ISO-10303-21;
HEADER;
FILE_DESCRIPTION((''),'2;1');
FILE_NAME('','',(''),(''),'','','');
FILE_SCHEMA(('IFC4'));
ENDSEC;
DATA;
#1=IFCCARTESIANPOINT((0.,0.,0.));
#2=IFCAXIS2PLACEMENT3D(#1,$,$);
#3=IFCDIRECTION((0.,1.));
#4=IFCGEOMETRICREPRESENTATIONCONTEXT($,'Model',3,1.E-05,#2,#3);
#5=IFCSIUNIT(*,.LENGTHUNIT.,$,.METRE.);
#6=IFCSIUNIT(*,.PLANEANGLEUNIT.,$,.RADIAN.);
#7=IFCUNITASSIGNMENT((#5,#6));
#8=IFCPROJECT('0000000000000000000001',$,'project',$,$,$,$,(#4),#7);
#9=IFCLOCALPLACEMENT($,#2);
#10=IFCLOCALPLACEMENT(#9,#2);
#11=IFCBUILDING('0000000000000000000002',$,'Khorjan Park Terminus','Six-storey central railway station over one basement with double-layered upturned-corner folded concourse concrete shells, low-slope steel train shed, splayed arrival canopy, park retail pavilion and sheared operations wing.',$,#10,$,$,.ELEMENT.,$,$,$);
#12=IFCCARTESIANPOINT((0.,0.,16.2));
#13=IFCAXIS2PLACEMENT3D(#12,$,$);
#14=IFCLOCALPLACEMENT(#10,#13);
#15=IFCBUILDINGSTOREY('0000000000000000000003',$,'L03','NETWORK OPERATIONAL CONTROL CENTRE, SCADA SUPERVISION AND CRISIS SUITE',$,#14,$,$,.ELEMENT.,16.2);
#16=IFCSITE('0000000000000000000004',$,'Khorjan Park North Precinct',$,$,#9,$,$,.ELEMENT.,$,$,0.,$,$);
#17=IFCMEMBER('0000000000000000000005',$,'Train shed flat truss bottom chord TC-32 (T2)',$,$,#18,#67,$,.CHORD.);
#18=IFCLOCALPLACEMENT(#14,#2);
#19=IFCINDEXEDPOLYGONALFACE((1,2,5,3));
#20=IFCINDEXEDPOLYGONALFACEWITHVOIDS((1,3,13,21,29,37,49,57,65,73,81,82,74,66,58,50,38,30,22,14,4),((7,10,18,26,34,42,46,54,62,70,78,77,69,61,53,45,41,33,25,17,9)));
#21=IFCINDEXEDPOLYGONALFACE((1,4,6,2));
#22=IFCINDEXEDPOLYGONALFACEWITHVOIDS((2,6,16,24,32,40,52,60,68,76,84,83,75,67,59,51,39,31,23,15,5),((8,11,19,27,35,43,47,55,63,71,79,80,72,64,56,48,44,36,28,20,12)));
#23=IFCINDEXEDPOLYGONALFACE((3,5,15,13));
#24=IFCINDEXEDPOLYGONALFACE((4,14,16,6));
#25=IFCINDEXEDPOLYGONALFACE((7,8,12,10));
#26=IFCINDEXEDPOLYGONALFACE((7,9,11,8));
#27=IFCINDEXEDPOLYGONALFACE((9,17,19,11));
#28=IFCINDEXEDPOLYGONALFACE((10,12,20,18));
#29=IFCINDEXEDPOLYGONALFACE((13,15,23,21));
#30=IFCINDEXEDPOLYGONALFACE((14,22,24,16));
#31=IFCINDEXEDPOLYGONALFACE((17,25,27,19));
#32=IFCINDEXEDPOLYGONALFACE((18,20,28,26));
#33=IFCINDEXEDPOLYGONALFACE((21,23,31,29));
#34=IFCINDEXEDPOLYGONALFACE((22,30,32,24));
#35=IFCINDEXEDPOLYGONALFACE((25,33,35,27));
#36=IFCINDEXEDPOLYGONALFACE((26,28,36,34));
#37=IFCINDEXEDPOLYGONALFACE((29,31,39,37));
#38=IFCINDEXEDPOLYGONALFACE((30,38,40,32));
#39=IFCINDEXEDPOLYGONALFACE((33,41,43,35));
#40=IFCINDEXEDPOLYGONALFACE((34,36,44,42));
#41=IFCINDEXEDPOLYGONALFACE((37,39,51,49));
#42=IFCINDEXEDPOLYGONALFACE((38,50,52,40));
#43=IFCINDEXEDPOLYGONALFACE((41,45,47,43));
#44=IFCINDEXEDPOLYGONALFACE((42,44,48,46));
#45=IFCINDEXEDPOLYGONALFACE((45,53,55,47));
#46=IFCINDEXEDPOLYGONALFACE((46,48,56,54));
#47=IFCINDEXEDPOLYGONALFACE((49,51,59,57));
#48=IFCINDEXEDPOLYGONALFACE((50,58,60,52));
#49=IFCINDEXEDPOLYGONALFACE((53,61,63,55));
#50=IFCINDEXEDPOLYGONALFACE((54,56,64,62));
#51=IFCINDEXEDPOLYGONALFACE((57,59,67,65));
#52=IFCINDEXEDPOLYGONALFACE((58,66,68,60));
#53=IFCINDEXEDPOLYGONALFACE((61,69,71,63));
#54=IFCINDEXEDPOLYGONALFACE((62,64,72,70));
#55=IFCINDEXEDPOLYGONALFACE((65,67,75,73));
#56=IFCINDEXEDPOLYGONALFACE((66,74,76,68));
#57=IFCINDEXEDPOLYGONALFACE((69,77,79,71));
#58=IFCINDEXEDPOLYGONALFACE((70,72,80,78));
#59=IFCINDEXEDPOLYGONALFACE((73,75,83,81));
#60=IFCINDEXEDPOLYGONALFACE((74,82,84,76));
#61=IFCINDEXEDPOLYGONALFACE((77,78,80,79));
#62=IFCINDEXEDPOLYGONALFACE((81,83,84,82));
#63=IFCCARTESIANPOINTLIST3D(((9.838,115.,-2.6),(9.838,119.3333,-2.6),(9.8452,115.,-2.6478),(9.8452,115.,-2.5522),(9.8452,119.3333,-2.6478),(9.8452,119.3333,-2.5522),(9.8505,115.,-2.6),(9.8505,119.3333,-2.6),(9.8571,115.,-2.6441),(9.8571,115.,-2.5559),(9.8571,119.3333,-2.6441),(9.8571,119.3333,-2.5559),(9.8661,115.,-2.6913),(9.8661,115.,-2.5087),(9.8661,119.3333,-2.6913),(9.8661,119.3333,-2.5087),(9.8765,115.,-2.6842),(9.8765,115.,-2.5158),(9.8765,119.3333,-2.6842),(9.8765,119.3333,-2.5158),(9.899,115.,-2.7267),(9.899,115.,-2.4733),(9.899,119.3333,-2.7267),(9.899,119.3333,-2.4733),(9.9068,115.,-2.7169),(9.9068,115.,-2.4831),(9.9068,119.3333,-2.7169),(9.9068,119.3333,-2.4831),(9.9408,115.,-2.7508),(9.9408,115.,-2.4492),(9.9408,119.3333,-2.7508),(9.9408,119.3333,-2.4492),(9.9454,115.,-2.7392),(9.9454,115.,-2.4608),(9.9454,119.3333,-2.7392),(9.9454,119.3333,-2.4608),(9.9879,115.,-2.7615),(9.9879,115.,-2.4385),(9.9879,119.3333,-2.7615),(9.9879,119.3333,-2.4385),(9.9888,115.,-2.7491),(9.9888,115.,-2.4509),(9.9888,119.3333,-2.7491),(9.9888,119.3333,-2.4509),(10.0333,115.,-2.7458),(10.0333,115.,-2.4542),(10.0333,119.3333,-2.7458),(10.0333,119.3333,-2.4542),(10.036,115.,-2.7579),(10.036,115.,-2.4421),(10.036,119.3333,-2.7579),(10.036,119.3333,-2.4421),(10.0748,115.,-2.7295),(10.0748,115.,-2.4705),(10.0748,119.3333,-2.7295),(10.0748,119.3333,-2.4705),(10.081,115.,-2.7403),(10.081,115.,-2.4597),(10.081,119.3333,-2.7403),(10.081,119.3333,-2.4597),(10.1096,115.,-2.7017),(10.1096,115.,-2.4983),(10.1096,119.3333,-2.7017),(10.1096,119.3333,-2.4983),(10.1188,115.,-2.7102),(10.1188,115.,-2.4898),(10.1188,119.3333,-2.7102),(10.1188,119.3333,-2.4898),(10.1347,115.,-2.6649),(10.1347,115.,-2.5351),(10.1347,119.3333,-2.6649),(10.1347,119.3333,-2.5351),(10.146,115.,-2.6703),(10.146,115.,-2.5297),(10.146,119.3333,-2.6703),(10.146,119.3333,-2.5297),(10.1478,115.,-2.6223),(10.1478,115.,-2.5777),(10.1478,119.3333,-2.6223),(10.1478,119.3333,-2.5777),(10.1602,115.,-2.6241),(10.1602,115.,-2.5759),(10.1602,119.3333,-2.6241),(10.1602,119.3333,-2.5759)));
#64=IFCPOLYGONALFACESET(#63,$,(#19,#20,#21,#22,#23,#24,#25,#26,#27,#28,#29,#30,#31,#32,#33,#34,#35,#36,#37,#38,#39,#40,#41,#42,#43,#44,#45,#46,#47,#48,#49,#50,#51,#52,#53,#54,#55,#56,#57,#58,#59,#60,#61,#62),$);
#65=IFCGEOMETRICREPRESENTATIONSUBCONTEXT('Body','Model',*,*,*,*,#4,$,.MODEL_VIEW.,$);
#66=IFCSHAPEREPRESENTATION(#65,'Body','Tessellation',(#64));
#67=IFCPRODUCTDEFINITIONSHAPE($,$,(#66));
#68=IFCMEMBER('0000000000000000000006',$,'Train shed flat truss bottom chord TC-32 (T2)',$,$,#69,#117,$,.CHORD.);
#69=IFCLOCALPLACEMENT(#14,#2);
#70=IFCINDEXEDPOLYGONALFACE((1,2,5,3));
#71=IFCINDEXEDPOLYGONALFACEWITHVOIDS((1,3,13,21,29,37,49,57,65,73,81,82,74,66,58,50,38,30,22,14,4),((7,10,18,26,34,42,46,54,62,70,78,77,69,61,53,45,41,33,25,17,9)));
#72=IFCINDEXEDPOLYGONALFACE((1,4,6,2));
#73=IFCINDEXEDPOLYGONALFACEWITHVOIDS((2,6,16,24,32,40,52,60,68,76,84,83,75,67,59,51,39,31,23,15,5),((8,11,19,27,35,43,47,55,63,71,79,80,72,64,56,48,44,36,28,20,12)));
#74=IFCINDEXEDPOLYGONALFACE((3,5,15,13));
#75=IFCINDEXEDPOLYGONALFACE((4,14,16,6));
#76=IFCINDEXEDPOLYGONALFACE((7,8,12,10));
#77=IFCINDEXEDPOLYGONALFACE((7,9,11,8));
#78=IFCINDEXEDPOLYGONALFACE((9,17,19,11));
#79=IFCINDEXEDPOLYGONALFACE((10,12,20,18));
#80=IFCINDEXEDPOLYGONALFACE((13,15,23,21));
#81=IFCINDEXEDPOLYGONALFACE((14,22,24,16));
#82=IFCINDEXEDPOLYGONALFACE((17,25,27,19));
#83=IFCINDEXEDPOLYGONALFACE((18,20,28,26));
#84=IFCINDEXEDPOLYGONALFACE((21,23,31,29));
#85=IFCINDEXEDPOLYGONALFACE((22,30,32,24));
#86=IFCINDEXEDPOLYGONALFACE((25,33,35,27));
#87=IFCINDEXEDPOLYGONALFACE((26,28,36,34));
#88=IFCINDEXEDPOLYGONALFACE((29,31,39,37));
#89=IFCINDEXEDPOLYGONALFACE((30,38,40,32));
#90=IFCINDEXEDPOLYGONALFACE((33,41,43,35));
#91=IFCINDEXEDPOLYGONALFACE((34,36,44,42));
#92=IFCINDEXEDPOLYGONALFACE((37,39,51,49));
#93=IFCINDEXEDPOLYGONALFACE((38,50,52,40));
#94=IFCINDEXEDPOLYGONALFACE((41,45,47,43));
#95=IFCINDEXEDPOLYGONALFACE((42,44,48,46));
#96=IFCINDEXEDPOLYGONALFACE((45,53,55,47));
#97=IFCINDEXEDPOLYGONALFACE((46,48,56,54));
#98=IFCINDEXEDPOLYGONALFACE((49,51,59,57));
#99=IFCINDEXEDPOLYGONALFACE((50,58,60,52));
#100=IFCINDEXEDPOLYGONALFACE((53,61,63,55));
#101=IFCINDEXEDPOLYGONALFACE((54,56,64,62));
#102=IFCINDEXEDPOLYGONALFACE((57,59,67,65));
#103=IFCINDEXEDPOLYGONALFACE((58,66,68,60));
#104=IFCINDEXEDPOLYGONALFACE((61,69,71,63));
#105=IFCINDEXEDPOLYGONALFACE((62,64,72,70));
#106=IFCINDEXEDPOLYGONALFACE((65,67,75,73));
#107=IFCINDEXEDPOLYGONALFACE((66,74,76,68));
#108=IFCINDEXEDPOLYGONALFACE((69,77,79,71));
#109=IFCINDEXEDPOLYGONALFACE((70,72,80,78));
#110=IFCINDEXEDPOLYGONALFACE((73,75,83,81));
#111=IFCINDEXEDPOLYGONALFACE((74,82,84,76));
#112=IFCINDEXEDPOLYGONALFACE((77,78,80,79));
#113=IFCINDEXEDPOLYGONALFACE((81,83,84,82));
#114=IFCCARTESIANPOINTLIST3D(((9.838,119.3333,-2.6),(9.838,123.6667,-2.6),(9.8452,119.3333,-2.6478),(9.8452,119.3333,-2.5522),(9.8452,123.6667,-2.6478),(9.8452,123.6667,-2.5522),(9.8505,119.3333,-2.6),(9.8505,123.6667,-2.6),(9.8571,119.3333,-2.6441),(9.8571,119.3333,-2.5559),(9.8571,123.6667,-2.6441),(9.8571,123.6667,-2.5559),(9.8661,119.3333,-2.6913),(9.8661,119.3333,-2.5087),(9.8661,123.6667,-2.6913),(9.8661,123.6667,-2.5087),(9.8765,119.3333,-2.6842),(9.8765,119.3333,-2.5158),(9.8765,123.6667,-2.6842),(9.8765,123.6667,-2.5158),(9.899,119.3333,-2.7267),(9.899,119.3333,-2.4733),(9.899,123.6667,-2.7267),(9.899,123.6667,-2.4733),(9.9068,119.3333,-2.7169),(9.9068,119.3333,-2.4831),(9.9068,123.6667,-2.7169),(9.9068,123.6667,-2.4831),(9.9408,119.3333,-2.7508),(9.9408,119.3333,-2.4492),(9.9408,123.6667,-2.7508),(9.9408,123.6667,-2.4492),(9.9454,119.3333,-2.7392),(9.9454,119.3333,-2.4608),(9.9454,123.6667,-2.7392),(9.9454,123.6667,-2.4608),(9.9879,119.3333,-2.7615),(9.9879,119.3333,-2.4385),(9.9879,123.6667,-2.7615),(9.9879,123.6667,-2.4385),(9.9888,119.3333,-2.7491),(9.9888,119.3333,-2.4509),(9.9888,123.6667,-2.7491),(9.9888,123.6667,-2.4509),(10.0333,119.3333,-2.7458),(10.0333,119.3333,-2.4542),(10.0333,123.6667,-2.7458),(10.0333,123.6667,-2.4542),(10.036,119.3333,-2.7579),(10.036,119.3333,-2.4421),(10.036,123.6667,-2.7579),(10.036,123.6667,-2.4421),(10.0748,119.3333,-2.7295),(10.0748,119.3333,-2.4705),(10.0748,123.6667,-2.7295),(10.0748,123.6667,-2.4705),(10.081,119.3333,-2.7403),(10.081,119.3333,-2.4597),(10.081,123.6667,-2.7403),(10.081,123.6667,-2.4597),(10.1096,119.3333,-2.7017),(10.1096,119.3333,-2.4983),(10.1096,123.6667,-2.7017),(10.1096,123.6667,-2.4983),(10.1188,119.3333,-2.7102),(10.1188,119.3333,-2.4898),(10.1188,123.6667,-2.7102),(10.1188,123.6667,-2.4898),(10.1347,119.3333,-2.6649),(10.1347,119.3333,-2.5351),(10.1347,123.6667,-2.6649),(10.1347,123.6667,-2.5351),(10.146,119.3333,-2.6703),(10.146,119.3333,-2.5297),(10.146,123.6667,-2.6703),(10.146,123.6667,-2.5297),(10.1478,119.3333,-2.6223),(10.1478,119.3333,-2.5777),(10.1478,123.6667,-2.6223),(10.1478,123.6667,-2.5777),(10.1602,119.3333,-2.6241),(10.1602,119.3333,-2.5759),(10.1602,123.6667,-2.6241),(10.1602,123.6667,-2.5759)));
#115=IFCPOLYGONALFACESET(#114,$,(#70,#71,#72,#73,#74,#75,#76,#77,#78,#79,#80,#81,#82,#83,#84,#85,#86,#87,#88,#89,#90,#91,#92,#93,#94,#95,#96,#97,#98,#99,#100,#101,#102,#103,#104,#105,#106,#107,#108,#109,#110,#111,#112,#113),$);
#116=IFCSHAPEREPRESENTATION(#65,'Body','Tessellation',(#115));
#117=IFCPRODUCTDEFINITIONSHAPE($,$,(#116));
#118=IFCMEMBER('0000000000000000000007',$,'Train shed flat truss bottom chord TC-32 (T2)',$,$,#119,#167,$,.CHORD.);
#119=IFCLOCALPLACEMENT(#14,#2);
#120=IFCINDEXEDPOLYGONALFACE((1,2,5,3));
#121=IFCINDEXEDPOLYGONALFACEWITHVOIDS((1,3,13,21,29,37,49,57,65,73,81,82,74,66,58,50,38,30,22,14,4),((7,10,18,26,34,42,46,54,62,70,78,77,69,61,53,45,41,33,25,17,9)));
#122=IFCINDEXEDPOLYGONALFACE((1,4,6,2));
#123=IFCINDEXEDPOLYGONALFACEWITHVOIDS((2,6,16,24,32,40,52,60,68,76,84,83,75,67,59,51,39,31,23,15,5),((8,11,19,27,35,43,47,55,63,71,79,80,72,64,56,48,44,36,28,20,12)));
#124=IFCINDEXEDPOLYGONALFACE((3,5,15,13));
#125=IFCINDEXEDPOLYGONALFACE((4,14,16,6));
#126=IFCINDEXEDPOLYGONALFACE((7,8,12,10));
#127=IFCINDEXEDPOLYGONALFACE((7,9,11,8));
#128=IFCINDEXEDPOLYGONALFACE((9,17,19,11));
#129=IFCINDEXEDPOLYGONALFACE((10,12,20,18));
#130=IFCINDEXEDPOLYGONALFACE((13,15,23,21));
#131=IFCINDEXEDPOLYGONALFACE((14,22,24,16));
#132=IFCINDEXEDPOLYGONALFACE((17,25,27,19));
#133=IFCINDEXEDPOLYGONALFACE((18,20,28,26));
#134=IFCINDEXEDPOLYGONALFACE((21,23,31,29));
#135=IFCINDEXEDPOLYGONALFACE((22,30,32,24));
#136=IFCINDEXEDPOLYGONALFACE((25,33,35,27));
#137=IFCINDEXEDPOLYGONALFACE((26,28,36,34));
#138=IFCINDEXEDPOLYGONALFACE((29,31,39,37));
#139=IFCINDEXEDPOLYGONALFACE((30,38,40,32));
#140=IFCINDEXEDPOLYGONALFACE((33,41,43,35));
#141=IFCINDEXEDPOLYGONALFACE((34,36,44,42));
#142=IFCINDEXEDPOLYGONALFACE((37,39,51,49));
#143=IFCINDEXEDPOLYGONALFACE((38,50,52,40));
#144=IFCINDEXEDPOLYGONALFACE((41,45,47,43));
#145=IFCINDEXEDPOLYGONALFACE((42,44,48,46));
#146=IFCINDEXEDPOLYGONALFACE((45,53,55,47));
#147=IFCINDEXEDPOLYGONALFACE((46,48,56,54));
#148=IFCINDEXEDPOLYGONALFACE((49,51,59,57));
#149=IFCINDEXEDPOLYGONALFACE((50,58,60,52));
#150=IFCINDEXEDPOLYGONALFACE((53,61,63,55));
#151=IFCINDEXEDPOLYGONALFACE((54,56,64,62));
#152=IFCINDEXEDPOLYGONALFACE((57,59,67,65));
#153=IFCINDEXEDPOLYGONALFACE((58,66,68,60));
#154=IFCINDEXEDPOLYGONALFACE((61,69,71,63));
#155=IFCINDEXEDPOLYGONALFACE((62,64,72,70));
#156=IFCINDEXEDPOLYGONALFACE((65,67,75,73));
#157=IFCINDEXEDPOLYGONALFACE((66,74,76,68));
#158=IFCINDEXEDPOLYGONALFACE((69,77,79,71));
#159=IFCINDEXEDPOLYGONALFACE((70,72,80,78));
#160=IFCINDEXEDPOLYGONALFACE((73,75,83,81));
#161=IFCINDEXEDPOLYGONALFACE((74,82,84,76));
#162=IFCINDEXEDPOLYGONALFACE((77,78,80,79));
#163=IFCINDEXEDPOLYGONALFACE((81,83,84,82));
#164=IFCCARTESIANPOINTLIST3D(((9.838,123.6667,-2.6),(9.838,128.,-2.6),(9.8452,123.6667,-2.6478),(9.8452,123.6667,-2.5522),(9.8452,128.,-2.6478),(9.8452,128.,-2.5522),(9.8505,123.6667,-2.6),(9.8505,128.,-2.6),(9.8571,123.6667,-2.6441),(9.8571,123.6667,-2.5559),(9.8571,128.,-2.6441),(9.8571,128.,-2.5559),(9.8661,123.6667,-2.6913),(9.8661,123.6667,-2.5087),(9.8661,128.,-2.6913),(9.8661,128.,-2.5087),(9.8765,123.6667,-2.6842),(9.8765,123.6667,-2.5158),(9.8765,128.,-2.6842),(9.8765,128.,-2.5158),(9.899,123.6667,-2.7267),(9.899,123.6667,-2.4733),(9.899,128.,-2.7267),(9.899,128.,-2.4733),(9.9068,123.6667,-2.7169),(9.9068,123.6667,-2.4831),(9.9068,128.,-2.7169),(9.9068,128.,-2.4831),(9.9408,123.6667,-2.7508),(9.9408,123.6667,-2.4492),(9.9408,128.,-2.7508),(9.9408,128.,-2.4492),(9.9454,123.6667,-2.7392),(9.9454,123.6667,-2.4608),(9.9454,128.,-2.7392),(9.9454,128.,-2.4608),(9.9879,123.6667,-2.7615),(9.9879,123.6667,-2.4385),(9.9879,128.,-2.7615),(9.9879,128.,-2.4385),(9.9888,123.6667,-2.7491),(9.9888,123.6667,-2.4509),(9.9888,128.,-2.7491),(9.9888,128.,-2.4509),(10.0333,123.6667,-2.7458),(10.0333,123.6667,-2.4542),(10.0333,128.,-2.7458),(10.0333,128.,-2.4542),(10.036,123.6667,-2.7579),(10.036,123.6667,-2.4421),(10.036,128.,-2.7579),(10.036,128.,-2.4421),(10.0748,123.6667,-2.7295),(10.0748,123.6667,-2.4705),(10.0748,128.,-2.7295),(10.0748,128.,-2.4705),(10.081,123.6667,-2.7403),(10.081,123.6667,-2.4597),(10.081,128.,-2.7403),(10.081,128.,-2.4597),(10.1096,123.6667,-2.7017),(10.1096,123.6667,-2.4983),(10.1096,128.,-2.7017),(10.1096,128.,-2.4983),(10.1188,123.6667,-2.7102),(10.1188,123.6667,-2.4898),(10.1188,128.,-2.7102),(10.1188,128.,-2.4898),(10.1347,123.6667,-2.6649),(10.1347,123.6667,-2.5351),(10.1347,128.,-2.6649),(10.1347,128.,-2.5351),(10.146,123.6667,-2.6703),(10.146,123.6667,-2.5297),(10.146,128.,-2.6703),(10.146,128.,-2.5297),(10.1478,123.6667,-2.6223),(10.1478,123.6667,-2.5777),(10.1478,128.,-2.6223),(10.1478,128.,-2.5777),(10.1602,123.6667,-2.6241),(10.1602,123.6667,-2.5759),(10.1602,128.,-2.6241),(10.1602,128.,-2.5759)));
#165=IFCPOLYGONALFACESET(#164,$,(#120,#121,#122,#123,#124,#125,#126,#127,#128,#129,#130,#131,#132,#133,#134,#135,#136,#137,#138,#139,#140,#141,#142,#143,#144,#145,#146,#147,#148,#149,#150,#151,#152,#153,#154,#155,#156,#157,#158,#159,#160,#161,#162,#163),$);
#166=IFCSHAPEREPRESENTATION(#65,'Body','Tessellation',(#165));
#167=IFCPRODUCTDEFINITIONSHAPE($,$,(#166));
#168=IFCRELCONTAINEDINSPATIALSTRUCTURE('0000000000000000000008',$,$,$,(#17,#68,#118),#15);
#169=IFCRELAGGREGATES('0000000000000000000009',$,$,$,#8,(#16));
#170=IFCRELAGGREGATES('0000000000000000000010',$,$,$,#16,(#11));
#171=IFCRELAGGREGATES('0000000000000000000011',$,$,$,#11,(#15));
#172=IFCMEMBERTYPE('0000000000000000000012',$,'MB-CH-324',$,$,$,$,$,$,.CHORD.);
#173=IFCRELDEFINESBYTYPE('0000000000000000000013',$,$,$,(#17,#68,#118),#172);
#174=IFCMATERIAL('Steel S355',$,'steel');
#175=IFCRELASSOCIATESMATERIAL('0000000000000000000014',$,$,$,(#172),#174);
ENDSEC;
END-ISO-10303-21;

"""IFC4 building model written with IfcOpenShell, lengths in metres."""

from ifc_helpers import new_model, si_unit, direction, frame, origin, origin_2d, place, context, subcontext, project, spatial, hollow_circle, extrude, material, material_profile, profile_set, type_object, element, save


model = new_model("IFC4")

# Units and contexts
model_context = context("Model", 3, precision=1e-05, world=origin(), true_north=direction((0.0, 1.0)))
body_context = subcontext(model_context, "Body", "Model", "MODEL_VIEW")
ifc_project = project(units=[si_unit("LENGTHUNIT", "METRE"), si_unit("PLANEANGLEUNIT", "RADIAN")], contexts=[model_context])

# Site, building, storey
site_placement = place(None, origin())
site = spatial("IfcSite", under=ifc_project, at=site_placement, Name="Khorjan Park North Precinct", CompositionType="ELEMENT", RefElevation=0.0)
building_placement = place(site_placement, origin())
building = spatial("IfcBuilding", under=site, at=building_placement, Name="Khorjan Park Terminus", Description="Six-storey central railway station over one basement with double-layered upturned-corner folded concourse concrete shells, low-slope steel train shed, splayed arrival canopy, park retail pavilion and sheared operations wing.", CompositionType="ELEMENT")
storey_placement = place(building_placement, frame((0.0, 0.0, 16.2)))
storey = spatial("IfcBuildingStorey", under=building, at=storey_placement, Name="L03", Description="NETWORK OPERATIONAL CONTROL CENTRE, SCADA SUPERVISION AND CRISIS SUITE", CompositionType="ELEMENT", Elevation=16.2)

# Members
ifc_material = material(Name="Steel S355", Category="steel")
ifc_material_profile_1 = material_profile(ifc_material, hollow_circle(Radius=0.162, WallThickness=0.0125, at=origin_2d()), Name="CHS 323.9x12.5")
ifc_profile_set_1 = profile_set([ifc_material_profile_1], Name="Steel S355")
member_type_1 = type_object("IfcMemberType", Name="MB-CH-324", PredefinedType="CHORD", material=ifc_profile_set_1)
member_1_placement = place(storey_placement, frame((10.0, 115.0, -2.6), z_axis=(0.0, 1.0, 0.0), x_axis=(-1.0, 0.0, 0.0)))
element("IfcMember", 1, at=member_1_placement, inside=storey, type_object=member_type_1, Name="Train shed flat truss bottom chord TC-32 (T2)", PredefinedType="CHORD", context=body_context, shape_type="SweptSolid", body=[
    extrude(hollow_circle(Radius=0.162, WallThickness=0.0125, at=origin_2d()), origin(), (0.0, 0.0, 1.0), 4.3333),
])
member_2_placement = place(storey_placement, frame((10.0, 119.3333, -2.6), z_axis=(0.0, 1.0, 0.0), x_axis=(-1.0, 0.0, 0.0)))
element("IfcMember", 2, at=member_2_placement, inside=storey, type_object=member_type_1, Name="Train shed flat truss bottom chord TC-32 (T2)", PredefinedType="CHORD", context=body_context, shape_type="SweptSolid", body=[
    extrude(hollow_circle(Radius=0.162, WallThickness=0.0125, at=origin_2d()), origin(), (0.0, 0.0, 1.0), 4.3334),
])
member_3_placement = place(storey_placement, frame((10.0, 123.6667, -2.6), z_axis=(0.0, 1.0, 0.0), x_axis=(-1.0, 0.0, 0.0)))
element("IfcMember", 3, at=member_3_placement, inside=storey, type_object=member_type_1, Name="Train shed flat truss bottom chord TC-32 (T2)", PredefinedType="CHORD", context=body_context, shape_type="SweptSolid", body=[
    extrude(hollow_circle(Radius=0.162, WallThickness=0.0125, at=origin_2d()), origin(), (0.0, 0.0, 1.0), 4.3333),
])

save(model, "model.ifc")
